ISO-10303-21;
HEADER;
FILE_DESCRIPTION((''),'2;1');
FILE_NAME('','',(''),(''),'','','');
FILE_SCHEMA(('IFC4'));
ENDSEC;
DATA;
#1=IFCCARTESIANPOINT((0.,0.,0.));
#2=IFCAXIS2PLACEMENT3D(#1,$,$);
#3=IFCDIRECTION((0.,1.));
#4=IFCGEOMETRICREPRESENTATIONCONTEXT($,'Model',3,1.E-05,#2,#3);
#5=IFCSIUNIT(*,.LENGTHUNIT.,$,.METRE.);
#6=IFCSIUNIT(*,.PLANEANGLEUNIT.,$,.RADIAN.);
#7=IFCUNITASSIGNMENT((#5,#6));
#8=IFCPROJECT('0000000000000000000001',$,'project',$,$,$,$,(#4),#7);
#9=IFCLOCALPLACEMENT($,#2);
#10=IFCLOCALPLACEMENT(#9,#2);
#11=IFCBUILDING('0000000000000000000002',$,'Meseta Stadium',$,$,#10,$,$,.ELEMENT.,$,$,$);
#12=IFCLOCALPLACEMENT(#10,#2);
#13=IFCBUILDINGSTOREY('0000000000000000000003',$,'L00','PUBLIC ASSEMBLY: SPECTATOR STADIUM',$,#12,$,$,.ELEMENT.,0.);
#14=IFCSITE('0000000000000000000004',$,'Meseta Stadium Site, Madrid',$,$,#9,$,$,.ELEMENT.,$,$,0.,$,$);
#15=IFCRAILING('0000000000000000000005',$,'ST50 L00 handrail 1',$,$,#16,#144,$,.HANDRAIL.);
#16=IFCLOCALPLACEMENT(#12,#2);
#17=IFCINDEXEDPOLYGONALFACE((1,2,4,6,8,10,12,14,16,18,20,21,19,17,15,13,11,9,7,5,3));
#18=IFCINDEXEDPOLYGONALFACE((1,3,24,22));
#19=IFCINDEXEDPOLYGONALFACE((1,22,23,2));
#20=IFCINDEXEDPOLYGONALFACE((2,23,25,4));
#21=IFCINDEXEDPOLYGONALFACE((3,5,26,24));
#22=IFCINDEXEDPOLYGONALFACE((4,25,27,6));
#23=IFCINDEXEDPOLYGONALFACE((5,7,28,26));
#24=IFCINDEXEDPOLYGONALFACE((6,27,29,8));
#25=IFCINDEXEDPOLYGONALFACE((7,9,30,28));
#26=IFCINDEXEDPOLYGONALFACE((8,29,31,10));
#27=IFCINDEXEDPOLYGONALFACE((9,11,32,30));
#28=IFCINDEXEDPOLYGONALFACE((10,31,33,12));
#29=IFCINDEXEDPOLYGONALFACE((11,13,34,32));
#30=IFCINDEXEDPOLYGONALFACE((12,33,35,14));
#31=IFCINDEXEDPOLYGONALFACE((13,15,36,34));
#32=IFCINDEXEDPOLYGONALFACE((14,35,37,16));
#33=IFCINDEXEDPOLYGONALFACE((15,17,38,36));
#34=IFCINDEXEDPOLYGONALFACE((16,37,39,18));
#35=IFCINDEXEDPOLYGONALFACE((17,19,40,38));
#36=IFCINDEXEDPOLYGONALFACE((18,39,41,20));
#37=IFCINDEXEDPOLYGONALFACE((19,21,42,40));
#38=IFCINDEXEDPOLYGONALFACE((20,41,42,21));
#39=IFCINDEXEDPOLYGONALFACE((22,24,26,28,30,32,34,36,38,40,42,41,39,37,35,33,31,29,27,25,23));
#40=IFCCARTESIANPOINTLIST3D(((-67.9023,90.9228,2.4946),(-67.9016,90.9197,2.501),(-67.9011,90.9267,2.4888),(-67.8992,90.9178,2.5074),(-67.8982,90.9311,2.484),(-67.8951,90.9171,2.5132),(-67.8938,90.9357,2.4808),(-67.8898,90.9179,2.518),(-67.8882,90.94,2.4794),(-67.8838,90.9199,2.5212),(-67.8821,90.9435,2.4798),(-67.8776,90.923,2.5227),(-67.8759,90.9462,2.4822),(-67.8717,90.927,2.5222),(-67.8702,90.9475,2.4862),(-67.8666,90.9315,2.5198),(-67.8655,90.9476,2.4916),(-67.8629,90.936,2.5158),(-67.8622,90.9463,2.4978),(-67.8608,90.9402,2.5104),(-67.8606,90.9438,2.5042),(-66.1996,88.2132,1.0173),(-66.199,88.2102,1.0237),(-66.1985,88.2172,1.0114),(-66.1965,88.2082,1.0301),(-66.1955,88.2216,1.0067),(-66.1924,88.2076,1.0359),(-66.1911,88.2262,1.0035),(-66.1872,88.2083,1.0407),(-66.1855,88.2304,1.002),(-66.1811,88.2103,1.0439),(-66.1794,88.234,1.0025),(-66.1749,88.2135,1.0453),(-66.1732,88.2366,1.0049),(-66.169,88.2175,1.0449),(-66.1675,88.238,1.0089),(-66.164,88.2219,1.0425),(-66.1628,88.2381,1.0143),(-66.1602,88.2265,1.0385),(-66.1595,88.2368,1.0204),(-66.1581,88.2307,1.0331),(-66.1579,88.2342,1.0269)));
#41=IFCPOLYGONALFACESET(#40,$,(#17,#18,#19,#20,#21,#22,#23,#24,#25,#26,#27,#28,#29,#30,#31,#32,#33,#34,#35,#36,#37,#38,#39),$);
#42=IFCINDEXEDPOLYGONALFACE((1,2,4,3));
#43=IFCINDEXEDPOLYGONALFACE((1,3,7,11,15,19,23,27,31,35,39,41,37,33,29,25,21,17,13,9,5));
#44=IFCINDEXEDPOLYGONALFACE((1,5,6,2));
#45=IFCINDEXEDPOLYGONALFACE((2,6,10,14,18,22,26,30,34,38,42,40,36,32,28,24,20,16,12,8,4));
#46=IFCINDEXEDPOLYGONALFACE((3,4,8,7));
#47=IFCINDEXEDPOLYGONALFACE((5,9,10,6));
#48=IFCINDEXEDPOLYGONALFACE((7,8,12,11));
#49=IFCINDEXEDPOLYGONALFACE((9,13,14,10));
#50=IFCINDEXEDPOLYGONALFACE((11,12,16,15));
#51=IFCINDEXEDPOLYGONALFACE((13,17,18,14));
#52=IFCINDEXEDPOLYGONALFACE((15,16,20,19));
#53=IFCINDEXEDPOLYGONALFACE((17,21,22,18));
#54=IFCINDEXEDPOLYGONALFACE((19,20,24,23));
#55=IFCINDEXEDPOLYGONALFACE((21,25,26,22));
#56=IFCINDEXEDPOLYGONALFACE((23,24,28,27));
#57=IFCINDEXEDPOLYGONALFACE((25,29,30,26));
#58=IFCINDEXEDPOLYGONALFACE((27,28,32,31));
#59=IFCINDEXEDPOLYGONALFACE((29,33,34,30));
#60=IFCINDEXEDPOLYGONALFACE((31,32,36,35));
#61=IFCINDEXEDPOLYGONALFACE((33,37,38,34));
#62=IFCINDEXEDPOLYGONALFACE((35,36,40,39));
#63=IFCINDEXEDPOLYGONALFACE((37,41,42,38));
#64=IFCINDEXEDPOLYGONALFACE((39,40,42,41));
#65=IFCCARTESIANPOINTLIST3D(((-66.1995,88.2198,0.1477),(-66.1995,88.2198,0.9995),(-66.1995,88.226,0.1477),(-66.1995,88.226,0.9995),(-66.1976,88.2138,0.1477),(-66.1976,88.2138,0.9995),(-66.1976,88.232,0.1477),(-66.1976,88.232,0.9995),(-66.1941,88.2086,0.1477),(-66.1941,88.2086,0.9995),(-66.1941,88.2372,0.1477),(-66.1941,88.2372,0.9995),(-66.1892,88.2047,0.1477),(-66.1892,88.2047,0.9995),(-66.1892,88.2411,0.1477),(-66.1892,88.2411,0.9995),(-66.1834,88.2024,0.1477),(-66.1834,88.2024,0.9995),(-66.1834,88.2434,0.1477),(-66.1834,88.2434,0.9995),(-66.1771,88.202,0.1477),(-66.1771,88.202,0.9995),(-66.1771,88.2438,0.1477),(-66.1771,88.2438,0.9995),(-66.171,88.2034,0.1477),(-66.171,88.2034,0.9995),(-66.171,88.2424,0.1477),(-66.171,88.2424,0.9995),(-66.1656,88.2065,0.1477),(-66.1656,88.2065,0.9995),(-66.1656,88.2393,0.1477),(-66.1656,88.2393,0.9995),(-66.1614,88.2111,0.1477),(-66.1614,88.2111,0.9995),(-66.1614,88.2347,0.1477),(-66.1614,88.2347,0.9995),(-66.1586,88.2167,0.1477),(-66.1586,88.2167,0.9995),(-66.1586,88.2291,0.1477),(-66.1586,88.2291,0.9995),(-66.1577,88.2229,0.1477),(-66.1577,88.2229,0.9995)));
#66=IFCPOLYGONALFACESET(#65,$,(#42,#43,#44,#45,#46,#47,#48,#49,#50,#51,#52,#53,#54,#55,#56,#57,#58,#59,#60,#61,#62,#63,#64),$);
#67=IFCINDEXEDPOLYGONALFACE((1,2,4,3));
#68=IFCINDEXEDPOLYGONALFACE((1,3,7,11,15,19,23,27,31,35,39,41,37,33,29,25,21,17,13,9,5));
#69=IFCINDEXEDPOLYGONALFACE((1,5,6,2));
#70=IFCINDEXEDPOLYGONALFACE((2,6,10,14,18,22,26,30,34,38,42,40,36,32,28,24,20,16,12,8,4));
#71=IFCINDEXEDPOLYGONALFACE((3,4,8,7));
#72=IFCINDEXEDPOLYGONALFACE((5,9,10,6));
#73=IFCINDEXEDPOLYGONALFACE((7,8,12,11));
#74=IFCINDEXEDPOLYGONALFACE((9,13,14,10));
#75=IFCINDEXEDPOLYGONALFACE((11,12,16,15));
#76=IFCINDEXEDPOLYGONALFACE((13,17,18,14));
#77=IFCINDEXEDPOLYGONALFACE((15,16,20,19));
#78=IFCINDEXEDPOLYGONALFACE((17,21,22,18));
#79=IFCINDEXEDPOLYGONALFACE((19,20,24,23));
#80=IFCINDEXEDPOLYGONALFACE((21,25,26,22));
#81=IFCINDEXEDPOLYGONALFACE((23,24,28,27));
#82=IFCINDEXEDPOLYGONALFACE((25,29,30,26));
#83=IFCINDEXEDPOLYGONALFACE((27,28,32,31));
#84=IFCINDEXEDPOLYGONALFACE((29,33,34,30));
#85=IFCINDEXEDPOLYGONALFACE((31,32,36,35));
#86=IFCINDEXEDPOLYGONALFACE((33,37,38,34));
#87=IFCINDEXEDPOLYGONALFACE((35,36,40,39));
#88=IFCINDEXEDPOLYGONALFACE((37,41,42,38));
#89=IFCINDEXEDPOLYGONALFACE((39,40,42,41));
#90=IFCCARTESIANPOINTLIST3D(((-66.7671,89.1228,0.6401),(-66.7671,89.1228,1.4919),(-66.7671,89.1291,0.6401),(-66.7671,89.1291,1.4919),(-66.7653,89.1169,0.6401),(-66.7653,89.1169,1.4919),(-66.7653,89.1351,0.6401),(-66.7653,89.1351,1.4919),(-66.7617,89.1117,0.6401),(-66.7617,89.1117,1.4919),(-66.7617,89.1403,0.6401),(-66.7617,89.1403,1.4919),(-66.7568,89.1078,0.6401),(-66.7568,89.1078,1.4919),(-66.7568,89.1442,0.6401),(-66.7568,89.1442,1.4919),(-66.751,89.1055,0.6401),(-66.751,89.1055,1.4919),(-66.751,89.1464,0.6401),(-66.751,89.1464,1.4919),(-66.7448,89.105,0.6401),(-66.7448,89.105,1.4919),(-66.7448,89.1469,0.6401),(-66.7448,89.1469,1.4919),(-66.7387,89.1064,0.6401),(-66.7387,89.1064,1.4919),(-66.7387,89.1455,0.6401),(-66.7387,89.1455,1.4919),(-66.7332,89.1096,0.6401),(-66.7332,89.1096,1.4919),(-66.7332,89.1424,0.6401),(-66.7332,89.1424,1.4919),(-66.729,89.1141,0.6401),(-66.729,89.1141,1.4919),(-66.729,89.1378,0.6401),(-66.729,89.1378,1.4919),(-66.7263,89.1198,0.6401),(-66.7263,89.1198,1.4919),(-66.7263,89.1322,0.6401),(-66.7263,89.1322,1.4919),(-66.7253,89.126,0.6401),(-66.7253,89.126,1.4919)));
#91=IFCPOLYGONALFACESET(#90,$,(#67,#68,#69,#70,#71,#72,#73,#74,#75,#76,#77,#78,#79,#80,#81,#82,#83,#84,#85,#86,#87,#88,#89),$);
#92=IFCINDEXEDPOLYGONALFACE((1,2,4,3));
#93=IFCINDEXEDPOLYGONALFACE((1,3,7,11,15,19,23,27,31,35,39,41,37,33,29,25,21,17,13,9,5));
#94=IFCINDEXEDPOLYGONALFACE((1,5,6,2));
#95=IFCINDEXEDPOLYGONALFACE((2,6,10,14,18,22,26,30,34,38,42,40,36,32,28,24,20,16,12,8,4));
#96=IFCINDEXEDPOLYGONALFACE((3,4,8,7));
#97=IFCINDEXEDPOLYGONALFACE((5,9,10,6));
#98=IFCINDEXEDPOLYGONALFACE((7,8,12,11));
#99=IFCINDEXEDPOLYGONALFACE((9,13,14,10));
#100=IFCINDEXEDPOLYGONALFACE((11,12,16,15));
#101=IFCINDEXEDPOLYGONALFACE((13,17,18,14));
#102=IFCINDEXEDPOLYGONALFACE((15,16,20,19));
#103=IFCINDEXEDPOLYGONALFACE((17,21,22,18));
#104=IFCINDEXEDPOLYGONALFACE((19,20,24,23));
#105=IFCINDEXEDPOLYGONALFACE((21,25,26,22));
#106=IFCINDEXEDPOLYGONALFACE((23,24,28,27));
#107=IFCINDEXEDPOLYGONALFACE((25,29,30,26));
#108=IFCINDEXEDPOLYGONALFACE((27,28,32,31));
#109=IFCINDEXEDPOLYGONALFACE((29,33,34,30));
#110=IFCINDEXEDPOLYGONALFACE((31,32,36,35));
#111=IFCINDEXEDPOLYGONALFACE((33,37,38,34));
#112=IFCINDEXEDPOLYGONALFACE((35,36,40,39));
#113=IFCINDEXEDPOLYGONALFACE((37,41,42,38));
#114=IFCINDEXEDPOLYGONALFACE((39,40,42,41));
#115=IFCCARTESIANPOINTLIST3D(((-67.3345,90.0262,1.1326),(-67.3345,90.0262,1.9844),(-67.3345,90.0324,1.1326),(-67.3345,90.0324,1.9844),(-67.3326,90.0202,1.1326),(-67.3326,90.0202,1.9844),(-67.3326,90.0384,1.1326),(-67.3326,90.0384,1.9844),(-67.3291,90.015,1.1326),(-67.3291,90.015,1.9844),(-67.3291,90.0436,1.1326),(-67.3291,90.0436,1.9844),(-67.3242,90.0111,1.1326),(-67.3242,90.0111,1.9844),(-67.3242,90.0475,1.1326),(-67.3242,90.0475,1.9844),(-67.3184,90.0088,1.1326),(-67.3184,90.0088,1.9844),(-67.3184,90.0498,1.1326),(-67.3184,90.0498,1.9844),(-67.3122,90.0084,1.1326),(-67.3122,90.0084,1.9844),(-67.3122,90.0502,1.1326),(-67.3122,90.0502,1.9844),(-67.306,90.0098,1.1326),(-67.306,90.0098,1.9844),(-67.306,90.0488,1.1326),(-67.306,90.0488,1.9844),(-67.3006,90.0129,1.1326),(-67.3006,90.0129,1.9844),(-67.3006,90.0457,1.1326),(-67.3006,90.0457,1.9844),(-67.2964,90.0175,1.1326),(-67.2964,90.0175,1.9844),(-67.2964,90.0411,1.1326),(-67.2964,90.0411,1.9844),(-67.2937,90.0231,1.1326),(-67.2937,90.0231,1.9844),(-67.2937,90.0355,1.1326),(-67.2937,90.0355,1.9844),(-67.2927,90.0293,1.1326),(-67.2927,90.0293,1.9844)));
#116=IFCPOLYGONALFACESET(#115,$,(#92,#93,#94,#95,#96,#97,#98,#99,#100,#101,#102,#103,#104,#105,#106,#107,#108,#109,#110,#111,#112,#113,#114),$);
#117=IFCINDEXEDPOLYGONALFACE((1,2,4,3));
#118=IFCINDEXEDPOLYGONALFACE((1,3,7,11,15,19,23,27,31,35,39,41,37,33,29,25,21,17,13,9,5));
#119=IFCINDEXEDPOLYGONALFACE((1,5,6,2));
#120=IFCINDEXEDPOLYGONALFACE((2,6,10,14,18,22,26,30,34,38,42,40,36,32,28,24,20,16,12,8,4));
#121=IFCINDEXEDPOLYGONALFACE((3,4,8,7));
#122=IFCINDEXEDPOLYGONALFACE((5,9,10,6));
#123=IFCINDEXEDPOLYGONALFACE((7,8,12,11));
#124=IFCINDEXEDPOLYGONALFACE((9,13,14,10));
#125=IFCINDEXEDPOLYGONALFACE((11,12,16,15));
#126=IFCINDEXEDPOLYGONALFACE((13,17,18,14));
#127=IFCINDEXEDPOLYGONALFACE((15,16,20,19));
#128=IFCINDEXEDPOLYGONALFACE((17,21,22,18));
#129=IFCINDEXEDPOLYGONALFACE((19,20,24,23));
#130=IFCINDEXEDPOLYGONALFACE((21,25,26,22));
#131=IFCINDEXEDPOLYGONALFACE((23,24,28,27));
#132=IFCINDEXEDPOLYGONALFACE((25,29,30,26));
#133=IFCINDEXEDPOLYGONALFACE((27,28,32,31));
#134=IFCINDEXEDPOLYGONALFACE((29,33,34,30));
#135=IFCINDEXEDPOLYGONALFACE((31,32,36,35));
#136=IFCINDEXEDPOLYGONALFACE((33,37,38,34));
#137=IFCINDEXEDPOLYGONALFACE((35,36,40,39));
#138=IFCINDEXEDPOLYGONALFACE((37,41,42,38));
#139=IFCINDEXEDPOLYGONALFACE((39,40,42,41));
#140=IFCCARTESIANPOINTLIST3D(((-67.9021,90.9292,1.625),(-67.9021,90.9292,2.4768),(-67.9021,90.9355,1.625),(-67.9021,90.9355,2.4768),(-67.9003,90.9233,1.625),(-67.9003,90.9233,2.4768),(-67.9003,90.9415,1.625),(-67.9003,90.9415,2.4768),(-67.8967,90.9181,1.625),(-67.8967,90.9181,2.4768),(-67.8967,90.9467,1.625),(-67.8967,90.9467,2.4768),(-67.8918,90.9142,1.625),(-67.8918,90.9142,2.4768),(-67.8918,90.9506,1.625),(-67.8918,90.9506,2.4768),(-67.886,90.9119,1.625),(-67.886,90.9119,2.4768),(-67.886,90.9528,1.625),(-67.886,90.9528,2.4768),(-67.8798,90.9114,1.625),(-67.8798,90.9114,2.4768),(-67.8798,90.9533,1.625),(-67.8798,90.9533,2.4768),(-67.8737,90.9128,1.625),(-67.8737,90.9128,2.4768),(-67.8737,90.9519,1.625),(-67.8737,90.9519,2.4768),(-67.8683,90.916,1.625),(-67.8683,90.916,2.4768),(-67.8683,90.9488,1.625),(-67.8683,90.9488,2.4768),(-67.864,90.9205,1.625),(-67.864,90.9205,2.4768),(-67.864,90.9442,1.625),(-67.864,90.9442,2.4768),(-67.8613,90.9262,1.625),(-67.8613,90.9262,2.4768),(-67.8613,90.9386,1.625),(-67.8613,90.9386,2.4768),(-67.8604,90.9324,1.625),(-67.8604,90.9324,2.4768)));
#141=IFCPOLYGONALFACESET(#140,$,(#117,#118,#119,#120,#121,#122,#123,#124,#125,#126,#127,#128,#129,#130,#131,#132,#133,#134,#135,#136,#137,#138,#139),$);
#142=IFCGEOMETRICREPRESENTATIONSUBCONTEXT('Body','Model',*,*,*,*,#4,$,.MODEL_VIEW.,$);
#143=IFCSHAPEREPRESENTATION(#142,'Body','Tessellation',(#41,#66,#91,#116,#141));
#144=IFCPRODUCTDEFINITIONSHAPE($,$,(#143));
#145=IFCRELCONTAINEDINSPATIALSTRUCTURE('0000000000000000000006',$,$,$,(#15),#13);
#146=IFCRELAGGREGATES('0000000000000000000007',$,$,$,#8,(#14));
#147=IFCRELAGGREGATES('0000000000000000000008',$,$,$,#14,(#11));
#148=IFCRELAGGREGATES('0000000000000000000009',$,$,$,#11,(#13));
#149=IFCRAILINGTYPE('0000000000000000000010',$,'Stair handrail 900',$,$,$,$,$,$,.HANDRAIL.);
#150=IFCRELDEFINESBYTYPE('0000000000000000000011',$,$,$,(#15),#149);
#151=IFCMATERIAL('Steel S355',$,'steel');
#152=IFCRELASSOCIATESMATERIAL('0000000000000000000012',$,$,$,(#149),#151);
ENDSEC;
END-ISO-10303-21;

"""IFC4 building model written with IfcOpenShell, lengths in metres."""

from ifc_helpers import new_model, si_unit, direction, frame, origin, origin_2d, place, context, subcontext, project, spatial, circle, extrude, material, type_object, element, save


model = new_model("IFC4")

# Units and contexts
model_context = context("Model", 3, precision=1e-05, world=origin(), true_north=direction((0.0, 1.0)))
body_context = subcontext(model_context, "Body", "Model", "MODEL_VIEW")
ifc_project = project(units=[si_unit("LENGTHUNIT", "METRE"), si_unit("PLANEANGLEUNIT", "RADIAN")], contexts=[model_context])

# Site, building, storey
site_placement = place(None, origin())
site = spatial("IfcSite", under=ifc_project, at=site_placement, Name="Meseta Stadium Site, Madrid", CompositionType="ELEMENT", RefElevation=0.0)
building_placement = place(site_placement, origin())
building = spatial("IfcBuilding", under=site, at=building_placement, Name="Meseta Stadium", CompositionType="ELEMENT")
storey_placement = place(building_placement, origin())
storey = spatial("IfcBuildingStorey", under=building, at=storey_placement, Name="L00", Description="PUBLIC ASSEMBLY: SPECTATOR STADIUM", CompositionType="ELEMENT", Elevation=0.0)

# Railing
ifc_material_1 = material(Name="Steel S355", Category="steel")
railing_type_1 = type_object("IfcRailingType", Name="Stair handrail 900", PredefinedType="HANDRAIL", material=ifc_material_1)
for number, where, name in (
    (1, (-66.1787, 88.2229, 0.1477), "ST50 L00 handrail 1"),
):
    element("IfcRailing", number, at=place(storey_placement, frame(where)), inside=storey, type_object=railing_type_1, Name=name, PredefinedType="HANDRAIL", context=body_context, shape_type="SweptSolid", body=[
        extrude(circle(Radius=0.0239, at=origin_2d()), frame((0.0, 0.0, 0.876), z_axis=(-0.483076, 0.768738, 0.419142), x_axis=(-0.846701, -0.532068, 0.0)), (0.0, 0.0, 1.0), 3.5247),
        extrude(circle(Radius=0.021, at=origin_2d()), origin(), (0.0, 0.0, 1.0), 0.8518),
        extrude(circle(Radius=0.021, at=origin_2d()), frame((-0.5676, 0.9031, 0.4924)), (0.0, 0.0, 1.0), 0.8518),
        extrude(circle(Radius=0.021, at=origin_2d()), frame((-1.135, 1.8064, 0.9849)), (0.0, 0.0, 1.0), 0.8518),
        extrude(circle(Radius=0.021, at=origin_2d()), frame((-1.7026, 2.7095, 1.4773)), (0.0, 0.0, 1.0), 0.8518),
    ])

save(model, "model.ifc")
